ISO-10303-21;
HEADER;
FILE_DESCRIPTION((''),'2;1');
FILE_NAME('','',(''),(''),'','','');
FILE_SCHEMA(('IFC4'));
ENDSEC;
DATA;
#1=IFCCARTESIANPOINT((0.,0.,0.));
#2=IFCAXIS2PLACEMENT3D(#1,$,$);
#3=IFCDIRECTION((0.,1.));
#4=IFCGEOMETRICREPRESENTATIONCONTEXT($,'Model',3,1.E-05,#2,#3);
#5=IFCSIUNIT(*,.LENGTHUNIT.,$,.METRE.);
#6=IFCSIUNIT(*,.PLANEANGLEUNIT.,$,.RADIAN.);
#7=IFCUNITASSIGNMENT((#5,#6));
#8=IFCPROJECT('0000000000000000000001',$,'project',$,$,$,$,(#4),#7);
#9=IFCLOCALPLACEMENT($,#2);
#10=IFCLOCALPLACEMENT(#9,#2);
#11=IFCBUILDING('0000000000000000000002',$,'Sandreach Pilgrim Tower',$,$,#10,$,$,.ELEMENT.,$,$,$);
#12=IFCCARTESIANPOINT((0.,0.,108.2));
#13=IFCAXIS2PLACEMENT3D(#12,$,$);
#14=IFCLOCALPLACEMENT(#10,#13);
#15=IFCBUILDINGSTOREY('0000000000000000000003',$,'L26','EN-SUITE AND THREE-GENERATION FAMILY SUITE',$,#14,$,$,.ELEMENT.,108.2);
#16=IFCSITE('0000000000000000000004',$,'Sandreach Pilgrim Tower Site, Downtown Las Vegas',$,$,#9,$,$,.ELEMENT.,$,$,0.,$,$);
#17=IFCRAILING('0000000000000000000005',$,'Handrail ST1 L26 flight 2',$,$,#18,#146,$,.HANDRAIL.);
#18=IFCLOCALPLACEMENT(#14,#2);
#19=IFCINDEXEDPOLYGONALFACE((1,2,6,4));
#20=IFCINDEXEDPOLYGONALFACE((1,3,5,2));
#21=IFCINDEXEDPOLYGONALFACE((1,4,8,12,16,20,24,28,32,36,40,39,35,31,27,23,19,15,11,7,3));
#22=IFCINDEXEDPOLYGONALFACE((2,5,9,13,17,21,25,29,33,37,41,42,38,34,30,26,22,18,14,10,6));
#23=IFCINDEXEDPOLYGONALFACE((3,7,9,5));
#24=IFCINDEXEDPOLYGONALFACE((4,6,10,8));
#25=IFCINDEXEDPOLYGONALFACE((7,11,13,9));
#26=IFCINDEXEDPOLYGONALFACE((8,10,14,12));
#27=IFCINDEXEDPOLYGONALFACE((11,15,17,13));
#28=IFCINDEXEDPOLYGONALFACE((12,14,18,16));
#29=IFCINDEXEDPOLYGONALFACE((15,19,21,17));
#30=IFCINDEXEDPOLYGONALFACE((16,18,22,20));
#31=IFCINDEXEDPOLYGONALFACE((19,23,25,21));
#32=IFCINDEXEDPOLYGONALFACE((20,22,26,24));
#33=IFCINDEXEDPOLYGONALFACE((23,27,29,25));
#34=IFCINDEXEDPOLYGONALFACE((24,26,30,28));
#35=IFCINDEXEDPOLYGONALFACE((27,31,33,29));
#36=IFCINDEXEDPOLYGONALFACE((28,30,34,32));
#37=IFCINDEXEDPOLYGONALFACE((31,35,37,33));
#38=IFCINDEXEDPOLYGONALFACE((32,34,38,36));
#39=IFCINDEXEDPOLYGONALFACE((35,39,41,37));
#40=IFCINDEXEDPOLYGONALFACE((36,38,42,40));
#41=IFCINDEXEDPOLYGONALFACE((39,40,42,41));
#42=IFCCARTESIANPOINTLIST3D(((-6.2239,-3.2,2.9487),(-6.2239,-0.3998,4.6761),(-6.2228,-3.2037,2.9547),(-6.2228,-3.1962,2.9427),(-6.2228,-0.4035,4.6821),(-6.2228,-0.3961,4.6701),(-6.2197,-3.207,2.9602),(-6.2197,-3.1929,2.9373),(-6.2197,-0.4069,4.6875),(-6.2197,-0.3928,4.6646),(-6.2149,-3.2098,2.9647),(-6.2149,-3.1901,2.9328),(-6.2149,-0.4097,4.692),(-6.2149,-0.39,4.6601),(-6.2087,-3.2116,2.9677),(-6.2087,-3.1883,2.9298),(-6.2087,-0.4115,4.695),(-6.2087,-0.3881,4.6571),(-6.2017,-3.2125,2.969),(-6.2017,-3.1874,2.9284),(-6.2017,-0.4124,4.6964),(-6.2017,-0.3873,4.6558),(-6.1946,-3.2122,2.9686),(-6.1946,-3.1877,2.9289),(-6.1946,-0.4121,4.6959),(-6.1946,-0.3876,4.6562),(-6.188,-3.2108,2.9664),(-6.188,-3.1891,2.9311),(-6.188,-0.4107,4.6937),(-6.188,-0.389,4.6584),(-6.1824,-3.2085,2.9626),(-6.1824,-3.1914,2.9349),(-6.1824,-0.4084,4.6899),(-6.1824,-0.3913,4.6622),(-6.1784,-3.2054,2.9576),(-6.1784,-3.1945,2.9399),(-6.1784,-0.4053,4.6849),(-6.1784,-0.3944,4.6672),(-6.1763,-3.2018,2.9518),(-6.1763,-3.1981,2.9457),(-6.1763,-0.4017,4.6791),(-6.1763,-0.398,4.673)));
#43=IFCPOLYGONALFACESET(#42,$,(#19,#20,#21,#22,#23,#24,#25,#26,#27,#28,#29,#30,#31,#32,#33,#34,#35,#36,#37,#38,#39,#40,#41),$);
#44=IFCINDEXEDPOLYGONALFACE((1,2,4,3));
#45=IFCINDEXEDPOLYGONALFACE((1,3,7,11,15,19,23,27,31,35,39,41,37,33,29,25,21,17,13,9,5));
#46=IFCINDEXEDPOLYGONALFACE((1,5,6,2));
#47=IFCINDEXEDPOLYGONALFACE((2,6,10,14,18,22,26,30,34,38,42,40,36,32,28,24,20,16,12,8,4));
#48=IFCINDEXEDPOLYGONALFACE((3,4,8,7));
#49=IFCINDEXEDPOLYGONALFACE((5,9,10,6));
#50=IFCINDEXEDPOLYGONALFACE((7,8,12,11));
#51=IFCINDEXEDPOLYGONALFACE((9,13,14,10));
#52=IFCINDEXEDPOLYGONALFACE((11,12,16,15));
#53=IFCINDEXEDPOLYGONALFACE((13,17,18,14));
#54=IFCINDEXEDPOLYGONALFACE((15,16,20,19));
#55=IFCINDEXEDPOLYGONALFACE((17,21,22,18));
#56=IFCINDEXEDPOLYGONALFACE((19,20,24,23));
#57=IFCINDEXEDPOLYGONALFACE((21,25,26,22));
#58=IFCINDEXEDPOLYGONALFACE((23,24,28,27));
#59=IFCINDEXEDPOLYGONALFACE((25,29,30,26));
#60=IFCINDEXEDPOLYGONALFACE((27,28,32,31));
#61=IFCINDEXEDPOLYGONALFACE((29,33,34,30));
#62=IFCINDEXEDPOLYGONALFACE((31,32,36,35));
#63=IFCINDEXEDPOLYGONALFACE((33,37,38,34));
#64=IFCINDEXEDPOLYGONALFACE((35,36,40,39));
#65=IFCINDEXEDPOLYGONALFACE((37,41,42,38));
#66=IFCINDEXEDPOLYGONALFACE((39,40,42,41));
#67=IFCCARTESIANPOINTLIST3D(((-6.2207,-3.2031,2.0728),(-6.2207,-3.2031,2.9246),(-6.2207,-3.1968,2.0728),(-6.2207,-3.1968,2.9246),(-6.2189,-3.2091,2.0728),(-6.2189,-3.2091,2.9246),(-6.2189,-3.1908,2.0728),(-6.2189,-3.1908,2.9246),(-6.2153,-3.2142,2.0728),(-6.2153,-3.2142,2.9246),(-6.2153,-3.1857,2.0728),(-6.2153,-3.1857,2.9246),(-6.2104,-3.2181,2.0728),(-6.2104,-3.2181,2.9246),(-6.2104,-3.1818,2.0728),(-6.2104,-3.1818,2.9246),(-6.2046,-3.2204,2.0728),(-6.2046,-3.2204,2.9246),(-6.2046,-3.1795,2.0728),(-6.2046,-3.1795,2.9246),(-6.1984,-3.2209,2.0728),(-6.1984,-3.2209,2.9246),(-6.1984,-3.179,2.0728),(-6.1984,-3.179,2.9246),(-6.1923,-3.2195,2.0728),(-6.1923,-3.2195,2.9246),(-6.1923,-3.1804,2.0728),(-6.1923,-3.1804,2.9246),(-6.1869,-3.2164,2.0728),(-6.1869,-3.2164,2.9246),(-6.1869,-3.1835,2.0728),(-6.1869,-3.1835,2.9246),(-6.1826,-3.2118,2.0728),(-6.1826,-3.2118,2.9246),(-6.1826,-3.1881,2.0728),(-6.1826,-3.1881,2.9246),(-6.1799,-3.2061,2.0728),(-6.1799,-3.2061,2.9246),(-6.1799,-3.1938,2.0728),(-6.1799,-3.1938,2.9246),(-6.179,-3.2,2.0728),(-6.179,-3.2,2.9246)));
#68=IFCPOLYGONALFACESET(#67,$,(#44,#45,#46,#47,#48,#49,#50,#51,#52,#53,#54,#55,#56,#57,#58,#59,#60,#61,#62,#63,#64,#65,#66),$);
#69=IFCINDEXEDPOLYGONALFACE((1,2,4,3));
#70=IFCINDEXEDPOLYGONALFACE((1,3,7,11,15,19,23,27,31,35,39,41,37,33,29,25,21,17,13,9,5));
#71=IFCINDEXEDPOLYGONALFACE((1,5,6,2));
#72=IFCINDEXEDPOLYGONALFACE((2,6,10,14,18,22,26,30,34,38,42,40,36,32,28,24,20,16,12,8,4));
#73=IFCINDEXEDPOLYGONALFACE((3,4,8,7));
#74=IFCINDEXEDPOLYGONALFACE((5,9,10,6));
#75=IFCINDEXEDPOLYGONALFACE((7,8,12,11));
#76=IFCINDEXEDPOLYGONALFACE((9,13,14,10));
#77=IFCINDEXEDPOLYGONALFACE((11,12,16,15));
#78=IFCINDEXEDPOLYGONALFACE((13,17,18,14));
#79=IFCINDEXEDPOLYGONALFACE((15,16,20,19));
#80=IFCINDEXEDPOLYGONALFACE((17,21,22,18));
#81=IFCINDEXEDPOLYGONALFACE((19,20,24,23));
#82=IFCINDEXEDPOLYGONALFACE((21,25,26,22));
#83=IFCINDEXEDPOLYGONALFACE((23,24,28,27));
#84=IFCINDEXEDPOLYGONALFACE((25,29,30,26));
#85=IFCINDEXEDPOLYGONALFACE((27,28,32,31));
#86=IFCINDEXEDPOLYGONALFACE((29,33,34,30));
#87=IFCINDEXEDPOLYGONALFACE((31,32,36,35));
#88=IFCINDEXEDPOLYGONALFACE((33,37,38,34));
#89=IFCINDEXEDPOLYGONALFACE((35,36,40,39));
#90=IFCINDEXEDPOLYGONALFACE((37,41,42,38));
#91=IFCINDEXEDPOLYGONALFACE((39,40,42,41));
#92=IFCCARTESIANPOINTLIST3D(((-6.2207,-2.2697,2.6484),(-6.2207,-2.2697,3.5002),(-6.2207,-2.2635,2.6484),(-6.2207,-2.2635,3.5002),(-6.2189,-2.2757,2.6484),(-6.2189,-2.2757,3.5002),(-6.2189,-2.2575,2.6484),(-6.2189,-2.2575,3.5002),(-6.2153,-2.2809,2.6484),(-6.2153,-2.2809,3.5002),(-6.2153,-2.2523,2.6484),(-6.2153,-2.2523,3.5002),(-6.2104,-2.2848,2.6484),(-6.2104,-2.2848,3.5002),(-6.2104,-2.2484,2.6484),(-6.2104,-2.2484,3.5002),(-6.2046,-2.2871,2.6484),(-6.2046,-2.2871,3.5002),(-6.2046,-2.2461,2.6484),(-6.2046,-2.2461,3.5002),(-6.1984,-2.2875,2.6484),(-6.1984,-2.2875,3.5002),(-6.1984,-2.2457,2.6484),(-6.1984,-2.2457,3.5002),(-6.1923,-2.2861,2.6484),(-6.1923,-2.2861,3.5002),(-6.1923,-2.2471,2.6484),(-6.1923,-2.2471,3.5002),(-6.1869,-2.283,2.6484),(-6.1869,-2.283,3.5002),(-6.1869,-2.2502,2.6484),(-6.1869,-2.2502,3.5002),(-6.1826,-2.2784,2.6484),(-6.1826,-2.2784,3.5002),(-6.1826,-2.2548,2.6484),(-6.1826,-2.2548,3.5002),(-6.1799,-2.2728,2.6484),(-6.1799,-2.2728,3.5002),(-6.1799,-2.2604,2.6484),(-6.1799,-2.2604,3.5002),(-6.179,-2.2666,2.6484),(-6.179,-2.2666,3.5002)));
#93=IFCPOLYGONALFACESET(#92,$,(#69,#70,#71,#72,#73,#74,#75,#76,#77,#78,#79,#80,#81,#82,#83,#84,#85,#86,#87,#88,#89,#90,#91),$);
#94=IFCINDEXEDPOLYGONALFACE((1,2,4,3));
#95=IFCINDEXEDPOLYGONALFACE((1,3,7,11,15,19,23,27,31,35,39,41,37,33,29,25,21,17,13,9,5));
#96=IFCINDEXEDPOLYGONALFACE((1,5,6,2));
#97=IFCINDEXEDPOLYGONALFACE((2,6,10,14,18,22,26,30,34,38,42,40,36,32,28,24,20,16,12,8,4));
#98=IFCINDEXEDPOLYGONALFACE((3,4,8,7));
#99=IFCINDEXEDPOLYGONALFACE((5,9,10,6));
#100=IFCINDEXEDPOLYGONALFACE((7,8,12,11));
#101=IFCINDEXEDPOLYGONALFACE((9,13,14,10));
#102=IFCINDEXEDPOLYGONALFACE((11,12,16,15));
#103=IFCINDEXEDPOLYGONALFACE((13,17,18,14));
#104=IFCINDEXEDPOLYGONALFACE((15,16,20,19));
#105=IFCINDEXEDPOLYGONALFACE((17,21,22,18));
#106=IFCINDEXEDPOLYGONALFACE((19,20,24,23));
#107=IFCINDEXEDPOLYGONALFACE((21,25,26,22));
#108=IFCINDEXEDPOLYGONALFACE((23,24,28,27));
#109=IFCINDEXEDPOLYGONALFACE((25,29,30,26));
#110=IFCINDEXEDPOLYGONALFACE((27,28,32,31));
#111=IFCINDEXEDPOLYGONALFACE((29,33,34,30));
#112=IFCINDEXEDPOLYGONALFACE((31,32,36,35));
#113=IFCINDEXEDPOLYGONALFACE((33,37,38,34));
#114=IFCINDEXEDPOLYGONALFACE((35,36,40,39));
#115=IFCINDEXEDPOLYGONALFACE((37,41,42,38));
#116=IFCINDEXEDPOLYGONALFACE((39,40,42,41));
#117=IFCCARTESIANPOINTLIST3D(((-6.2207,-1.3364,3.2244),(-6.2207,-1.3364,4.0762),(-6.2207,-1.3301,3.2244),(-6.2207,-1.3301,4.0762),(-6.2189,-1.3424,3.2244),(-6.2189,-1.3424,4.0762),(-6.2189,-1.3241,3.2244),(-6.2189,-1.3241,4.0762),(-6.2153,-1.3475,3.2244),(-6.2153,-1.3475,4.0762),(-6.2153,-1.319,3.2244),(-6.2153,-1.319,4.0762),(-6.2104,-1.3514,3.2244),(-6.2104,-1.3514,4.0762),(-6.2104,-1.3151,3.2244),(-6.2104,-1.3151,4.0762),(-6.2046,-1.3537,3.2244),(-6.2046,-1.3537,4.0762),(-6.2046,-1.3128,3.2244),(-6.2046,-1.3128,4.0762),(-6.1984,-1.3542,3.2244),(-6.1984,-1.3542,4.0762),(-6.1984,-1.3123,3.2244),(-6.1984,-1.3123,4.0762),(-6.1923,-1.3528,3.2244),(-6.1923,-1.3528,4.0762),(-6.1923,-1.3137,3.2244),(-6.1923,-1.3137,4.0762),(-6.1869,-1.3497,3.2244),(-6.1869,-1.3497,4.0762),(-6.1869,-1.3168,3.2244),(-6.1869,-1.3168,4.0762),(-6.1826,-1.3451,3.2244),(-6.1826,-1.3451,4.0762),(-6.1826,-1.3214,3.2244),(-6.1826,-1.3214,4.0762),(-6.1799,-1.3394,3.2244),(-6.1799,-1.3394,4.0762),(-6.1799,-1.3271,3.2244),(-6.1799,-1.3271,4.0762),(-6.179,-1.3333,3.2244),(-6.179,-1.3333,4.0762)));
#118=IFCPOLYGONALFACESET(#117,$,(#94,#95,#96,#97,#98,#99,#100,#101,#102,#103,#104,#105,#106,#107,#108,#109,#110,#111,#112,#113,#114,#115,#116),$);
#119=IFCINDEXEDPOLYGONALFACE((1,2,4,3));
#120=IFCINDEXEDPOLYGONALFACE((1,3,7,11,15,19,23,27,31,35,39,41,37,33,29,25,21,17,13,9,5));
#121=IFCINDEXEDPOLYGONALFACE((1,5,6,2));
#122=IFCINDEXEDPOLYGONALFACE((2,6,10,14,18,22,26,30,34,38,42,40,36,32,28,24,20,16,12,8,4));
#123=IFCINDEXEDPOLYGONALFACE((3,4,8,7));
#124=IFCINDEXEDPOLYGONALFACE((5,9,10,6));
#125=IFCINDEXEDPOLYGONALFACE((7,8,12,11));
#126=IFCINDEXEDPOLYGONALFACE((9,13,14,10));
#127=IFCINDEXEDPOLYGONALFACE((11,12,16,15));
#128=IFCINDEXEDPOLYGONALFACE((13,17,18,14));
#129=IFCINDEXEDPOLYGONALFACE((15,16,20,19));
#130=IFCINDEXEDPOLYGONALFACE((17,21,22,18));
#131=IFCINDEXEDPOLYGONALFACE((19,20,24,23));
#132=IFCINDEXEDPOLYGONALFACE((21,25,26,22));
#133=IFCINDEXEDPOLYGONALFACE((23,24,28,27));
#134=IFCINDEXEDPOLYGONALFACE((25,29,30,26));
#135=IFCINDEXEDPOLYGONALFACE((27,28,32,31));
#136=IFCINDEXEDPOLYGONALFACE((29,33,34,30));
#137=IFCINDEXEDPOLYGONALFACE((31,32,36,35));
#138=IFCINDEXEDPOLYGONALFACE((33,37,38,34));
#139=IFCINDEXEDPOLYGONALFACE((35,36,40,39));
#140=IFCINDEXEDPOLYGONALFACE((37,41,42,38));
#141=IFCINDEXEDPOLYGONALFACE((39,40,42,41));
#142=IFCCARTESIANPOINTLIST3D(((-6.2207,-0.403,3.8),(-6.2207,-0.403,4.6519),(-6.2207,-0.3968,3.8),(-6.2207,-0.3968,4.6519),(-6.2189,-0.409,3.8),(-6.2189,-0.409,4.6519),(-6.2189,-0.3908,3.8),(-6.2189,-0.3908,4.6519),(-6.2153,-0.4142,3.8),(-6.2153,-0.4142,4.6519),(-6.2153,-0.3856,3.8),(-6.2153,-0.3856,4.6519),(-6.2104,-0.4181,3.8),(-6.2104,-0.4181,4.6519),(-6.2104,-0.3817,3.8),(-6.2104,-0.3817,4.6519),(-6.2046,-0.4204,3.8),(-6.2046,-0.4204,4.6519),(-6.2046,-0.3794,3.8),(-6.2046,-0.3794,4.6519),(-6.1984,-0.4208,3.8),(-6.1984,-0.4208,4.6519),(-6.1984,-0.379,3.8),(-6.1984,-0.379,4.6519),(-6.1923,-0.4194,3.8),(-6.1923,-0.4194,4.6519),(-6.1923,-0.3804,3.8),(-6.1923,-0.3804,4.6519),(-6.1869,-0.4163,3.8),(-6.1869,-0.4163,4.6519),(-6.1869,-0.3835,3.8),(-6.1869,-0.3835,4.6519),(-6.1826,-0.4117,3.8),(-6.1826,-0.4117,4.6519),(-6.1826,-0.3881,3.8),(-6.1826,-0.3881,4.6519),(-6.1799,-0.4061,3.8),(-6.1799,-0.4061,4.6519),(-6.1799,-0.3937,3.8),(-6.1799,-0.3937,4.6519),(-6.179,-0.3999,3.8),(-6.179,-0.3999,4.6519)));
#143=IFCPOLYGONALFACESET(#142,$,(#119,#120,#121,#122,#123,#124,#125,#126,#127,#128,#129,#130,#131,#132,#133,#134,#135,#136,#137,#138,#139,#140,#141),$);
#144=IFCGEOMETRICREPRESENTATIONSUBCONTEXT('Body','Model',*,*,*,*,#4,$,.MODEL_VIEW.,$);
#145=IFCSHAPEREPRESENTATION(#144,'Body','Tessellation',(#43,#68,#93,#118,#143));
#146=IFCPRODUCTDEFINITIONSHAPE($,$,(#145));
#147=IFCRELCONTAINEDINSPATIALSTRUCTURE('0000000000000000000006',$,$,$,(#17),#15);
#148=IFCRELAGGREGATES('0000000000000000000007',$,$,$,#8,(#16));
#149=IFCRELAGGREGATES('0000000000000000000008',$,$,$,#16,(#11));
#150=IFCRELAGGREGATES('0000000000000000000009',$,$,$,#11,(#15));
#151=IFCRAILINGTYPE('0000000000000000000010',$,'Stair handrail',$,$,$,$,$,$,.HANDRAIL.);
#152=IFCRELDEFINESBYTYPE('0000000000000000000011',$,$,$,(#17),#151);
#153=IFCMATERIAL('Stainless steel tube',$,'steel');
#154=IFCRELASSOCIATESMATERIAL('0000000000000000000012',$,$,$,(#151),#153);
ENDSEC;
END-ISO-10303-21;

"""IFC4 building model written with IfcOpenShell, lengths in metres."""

from ifc_helpers import new_model, si_unit, direction, frame, origin, origin_2d, place, context, subcontext, project, spatial, circle, extrude, material, type_object, element, save


model = new_model("IFC4")

# Units and contexts
model_context = context("Model", 3, precision=1e-05, world=origin(), true_north=direction((0.0, 1.0)))
body_context = subcontext(model_context, "Body", "Model", "MODEL_VIEW")
ifc_project = project(units=[si_unit("LENGTHUNIT", "METRE"), si_unit("PLANEANGLEUNIT", "RADIAN")], contexts=[model_context])

# Site, building, storey
site_placement = place(None, origin())
site = spatial("IfcSite", under=ifc_project, at=site_placement, Name="Sandreach Pilgrim Tower Site, Downtown Las Vegas", CompositionType="ELEMENT", RefElevation=0.0)
building_placement = place(site_placement, origin())
building = spatial("IfcBuilding", under=site, at=building_placement, Name="Sandreach Pilgrim Tower", CompositionType="ELEMENT")
storey_placement = place(building_placement, frame((0.0, 0.0, 108.2)))
storey = spatial("IfcBuildingStorey", under=building, at=storey_placement, Name="L26", Description="EN-SUITE AND THREE-GENERATION FAMILY SUITE", CompositionType="ELEMENT", Elevation=108.2)

# Railing
ifc_material_1 = material(Name="Stainless steel tube", Category="steel")
railing_type = type_object("IfcRailingType", Name="Stair handrail", PredefinedType="HANDRAIL", material=ifc_material_1)
for number, where, name in (
    (1, (-6.2, -3.2, 2.0728), "Handrail ST1 L26 flight 2"),
):
    element("IfcRailing", number, at=place(storey_placement, frame(where)), inside=storey, type_object=railing_type, Name=name, PredefinedType="HANDRAIL", context=body_context, shape_type="SweptSolid", body=[
        extrude(circle(Radius=0.0239, at=origin_2d()), frame((0.0, 0.0, 0.876), z_axis=(0.0, 0.85109, 0.52502), x_axis=(-1.0, 0.0, 0.0)), (0.0, 0.0, 1.0), 3.29),
        extrude(circle(Radius=0.021, at=origin_2d()), origin(), (0.0, 0.0, 1.0), 0.8518),
        extrude(circle(Radius=0.021, at=origin_2d()), frame((0.0, 0.9333, 0.5757)), (0.0, 0.0, 1.0), 0.8518),
        extrude(circle(Radius=0.021, at=origin_2d()), frame((0.0, 1.8667, 1.1516)), (0.0, 0.0, 1.0), 0.8518),
        extrude(circle(Radius=0.021, at=origin_2d()), frame((0.0, 2.8, 1.7273)), (0.0, 0.0, 1.0), 0.8518),
    ])

save(model, "model.ifc")
